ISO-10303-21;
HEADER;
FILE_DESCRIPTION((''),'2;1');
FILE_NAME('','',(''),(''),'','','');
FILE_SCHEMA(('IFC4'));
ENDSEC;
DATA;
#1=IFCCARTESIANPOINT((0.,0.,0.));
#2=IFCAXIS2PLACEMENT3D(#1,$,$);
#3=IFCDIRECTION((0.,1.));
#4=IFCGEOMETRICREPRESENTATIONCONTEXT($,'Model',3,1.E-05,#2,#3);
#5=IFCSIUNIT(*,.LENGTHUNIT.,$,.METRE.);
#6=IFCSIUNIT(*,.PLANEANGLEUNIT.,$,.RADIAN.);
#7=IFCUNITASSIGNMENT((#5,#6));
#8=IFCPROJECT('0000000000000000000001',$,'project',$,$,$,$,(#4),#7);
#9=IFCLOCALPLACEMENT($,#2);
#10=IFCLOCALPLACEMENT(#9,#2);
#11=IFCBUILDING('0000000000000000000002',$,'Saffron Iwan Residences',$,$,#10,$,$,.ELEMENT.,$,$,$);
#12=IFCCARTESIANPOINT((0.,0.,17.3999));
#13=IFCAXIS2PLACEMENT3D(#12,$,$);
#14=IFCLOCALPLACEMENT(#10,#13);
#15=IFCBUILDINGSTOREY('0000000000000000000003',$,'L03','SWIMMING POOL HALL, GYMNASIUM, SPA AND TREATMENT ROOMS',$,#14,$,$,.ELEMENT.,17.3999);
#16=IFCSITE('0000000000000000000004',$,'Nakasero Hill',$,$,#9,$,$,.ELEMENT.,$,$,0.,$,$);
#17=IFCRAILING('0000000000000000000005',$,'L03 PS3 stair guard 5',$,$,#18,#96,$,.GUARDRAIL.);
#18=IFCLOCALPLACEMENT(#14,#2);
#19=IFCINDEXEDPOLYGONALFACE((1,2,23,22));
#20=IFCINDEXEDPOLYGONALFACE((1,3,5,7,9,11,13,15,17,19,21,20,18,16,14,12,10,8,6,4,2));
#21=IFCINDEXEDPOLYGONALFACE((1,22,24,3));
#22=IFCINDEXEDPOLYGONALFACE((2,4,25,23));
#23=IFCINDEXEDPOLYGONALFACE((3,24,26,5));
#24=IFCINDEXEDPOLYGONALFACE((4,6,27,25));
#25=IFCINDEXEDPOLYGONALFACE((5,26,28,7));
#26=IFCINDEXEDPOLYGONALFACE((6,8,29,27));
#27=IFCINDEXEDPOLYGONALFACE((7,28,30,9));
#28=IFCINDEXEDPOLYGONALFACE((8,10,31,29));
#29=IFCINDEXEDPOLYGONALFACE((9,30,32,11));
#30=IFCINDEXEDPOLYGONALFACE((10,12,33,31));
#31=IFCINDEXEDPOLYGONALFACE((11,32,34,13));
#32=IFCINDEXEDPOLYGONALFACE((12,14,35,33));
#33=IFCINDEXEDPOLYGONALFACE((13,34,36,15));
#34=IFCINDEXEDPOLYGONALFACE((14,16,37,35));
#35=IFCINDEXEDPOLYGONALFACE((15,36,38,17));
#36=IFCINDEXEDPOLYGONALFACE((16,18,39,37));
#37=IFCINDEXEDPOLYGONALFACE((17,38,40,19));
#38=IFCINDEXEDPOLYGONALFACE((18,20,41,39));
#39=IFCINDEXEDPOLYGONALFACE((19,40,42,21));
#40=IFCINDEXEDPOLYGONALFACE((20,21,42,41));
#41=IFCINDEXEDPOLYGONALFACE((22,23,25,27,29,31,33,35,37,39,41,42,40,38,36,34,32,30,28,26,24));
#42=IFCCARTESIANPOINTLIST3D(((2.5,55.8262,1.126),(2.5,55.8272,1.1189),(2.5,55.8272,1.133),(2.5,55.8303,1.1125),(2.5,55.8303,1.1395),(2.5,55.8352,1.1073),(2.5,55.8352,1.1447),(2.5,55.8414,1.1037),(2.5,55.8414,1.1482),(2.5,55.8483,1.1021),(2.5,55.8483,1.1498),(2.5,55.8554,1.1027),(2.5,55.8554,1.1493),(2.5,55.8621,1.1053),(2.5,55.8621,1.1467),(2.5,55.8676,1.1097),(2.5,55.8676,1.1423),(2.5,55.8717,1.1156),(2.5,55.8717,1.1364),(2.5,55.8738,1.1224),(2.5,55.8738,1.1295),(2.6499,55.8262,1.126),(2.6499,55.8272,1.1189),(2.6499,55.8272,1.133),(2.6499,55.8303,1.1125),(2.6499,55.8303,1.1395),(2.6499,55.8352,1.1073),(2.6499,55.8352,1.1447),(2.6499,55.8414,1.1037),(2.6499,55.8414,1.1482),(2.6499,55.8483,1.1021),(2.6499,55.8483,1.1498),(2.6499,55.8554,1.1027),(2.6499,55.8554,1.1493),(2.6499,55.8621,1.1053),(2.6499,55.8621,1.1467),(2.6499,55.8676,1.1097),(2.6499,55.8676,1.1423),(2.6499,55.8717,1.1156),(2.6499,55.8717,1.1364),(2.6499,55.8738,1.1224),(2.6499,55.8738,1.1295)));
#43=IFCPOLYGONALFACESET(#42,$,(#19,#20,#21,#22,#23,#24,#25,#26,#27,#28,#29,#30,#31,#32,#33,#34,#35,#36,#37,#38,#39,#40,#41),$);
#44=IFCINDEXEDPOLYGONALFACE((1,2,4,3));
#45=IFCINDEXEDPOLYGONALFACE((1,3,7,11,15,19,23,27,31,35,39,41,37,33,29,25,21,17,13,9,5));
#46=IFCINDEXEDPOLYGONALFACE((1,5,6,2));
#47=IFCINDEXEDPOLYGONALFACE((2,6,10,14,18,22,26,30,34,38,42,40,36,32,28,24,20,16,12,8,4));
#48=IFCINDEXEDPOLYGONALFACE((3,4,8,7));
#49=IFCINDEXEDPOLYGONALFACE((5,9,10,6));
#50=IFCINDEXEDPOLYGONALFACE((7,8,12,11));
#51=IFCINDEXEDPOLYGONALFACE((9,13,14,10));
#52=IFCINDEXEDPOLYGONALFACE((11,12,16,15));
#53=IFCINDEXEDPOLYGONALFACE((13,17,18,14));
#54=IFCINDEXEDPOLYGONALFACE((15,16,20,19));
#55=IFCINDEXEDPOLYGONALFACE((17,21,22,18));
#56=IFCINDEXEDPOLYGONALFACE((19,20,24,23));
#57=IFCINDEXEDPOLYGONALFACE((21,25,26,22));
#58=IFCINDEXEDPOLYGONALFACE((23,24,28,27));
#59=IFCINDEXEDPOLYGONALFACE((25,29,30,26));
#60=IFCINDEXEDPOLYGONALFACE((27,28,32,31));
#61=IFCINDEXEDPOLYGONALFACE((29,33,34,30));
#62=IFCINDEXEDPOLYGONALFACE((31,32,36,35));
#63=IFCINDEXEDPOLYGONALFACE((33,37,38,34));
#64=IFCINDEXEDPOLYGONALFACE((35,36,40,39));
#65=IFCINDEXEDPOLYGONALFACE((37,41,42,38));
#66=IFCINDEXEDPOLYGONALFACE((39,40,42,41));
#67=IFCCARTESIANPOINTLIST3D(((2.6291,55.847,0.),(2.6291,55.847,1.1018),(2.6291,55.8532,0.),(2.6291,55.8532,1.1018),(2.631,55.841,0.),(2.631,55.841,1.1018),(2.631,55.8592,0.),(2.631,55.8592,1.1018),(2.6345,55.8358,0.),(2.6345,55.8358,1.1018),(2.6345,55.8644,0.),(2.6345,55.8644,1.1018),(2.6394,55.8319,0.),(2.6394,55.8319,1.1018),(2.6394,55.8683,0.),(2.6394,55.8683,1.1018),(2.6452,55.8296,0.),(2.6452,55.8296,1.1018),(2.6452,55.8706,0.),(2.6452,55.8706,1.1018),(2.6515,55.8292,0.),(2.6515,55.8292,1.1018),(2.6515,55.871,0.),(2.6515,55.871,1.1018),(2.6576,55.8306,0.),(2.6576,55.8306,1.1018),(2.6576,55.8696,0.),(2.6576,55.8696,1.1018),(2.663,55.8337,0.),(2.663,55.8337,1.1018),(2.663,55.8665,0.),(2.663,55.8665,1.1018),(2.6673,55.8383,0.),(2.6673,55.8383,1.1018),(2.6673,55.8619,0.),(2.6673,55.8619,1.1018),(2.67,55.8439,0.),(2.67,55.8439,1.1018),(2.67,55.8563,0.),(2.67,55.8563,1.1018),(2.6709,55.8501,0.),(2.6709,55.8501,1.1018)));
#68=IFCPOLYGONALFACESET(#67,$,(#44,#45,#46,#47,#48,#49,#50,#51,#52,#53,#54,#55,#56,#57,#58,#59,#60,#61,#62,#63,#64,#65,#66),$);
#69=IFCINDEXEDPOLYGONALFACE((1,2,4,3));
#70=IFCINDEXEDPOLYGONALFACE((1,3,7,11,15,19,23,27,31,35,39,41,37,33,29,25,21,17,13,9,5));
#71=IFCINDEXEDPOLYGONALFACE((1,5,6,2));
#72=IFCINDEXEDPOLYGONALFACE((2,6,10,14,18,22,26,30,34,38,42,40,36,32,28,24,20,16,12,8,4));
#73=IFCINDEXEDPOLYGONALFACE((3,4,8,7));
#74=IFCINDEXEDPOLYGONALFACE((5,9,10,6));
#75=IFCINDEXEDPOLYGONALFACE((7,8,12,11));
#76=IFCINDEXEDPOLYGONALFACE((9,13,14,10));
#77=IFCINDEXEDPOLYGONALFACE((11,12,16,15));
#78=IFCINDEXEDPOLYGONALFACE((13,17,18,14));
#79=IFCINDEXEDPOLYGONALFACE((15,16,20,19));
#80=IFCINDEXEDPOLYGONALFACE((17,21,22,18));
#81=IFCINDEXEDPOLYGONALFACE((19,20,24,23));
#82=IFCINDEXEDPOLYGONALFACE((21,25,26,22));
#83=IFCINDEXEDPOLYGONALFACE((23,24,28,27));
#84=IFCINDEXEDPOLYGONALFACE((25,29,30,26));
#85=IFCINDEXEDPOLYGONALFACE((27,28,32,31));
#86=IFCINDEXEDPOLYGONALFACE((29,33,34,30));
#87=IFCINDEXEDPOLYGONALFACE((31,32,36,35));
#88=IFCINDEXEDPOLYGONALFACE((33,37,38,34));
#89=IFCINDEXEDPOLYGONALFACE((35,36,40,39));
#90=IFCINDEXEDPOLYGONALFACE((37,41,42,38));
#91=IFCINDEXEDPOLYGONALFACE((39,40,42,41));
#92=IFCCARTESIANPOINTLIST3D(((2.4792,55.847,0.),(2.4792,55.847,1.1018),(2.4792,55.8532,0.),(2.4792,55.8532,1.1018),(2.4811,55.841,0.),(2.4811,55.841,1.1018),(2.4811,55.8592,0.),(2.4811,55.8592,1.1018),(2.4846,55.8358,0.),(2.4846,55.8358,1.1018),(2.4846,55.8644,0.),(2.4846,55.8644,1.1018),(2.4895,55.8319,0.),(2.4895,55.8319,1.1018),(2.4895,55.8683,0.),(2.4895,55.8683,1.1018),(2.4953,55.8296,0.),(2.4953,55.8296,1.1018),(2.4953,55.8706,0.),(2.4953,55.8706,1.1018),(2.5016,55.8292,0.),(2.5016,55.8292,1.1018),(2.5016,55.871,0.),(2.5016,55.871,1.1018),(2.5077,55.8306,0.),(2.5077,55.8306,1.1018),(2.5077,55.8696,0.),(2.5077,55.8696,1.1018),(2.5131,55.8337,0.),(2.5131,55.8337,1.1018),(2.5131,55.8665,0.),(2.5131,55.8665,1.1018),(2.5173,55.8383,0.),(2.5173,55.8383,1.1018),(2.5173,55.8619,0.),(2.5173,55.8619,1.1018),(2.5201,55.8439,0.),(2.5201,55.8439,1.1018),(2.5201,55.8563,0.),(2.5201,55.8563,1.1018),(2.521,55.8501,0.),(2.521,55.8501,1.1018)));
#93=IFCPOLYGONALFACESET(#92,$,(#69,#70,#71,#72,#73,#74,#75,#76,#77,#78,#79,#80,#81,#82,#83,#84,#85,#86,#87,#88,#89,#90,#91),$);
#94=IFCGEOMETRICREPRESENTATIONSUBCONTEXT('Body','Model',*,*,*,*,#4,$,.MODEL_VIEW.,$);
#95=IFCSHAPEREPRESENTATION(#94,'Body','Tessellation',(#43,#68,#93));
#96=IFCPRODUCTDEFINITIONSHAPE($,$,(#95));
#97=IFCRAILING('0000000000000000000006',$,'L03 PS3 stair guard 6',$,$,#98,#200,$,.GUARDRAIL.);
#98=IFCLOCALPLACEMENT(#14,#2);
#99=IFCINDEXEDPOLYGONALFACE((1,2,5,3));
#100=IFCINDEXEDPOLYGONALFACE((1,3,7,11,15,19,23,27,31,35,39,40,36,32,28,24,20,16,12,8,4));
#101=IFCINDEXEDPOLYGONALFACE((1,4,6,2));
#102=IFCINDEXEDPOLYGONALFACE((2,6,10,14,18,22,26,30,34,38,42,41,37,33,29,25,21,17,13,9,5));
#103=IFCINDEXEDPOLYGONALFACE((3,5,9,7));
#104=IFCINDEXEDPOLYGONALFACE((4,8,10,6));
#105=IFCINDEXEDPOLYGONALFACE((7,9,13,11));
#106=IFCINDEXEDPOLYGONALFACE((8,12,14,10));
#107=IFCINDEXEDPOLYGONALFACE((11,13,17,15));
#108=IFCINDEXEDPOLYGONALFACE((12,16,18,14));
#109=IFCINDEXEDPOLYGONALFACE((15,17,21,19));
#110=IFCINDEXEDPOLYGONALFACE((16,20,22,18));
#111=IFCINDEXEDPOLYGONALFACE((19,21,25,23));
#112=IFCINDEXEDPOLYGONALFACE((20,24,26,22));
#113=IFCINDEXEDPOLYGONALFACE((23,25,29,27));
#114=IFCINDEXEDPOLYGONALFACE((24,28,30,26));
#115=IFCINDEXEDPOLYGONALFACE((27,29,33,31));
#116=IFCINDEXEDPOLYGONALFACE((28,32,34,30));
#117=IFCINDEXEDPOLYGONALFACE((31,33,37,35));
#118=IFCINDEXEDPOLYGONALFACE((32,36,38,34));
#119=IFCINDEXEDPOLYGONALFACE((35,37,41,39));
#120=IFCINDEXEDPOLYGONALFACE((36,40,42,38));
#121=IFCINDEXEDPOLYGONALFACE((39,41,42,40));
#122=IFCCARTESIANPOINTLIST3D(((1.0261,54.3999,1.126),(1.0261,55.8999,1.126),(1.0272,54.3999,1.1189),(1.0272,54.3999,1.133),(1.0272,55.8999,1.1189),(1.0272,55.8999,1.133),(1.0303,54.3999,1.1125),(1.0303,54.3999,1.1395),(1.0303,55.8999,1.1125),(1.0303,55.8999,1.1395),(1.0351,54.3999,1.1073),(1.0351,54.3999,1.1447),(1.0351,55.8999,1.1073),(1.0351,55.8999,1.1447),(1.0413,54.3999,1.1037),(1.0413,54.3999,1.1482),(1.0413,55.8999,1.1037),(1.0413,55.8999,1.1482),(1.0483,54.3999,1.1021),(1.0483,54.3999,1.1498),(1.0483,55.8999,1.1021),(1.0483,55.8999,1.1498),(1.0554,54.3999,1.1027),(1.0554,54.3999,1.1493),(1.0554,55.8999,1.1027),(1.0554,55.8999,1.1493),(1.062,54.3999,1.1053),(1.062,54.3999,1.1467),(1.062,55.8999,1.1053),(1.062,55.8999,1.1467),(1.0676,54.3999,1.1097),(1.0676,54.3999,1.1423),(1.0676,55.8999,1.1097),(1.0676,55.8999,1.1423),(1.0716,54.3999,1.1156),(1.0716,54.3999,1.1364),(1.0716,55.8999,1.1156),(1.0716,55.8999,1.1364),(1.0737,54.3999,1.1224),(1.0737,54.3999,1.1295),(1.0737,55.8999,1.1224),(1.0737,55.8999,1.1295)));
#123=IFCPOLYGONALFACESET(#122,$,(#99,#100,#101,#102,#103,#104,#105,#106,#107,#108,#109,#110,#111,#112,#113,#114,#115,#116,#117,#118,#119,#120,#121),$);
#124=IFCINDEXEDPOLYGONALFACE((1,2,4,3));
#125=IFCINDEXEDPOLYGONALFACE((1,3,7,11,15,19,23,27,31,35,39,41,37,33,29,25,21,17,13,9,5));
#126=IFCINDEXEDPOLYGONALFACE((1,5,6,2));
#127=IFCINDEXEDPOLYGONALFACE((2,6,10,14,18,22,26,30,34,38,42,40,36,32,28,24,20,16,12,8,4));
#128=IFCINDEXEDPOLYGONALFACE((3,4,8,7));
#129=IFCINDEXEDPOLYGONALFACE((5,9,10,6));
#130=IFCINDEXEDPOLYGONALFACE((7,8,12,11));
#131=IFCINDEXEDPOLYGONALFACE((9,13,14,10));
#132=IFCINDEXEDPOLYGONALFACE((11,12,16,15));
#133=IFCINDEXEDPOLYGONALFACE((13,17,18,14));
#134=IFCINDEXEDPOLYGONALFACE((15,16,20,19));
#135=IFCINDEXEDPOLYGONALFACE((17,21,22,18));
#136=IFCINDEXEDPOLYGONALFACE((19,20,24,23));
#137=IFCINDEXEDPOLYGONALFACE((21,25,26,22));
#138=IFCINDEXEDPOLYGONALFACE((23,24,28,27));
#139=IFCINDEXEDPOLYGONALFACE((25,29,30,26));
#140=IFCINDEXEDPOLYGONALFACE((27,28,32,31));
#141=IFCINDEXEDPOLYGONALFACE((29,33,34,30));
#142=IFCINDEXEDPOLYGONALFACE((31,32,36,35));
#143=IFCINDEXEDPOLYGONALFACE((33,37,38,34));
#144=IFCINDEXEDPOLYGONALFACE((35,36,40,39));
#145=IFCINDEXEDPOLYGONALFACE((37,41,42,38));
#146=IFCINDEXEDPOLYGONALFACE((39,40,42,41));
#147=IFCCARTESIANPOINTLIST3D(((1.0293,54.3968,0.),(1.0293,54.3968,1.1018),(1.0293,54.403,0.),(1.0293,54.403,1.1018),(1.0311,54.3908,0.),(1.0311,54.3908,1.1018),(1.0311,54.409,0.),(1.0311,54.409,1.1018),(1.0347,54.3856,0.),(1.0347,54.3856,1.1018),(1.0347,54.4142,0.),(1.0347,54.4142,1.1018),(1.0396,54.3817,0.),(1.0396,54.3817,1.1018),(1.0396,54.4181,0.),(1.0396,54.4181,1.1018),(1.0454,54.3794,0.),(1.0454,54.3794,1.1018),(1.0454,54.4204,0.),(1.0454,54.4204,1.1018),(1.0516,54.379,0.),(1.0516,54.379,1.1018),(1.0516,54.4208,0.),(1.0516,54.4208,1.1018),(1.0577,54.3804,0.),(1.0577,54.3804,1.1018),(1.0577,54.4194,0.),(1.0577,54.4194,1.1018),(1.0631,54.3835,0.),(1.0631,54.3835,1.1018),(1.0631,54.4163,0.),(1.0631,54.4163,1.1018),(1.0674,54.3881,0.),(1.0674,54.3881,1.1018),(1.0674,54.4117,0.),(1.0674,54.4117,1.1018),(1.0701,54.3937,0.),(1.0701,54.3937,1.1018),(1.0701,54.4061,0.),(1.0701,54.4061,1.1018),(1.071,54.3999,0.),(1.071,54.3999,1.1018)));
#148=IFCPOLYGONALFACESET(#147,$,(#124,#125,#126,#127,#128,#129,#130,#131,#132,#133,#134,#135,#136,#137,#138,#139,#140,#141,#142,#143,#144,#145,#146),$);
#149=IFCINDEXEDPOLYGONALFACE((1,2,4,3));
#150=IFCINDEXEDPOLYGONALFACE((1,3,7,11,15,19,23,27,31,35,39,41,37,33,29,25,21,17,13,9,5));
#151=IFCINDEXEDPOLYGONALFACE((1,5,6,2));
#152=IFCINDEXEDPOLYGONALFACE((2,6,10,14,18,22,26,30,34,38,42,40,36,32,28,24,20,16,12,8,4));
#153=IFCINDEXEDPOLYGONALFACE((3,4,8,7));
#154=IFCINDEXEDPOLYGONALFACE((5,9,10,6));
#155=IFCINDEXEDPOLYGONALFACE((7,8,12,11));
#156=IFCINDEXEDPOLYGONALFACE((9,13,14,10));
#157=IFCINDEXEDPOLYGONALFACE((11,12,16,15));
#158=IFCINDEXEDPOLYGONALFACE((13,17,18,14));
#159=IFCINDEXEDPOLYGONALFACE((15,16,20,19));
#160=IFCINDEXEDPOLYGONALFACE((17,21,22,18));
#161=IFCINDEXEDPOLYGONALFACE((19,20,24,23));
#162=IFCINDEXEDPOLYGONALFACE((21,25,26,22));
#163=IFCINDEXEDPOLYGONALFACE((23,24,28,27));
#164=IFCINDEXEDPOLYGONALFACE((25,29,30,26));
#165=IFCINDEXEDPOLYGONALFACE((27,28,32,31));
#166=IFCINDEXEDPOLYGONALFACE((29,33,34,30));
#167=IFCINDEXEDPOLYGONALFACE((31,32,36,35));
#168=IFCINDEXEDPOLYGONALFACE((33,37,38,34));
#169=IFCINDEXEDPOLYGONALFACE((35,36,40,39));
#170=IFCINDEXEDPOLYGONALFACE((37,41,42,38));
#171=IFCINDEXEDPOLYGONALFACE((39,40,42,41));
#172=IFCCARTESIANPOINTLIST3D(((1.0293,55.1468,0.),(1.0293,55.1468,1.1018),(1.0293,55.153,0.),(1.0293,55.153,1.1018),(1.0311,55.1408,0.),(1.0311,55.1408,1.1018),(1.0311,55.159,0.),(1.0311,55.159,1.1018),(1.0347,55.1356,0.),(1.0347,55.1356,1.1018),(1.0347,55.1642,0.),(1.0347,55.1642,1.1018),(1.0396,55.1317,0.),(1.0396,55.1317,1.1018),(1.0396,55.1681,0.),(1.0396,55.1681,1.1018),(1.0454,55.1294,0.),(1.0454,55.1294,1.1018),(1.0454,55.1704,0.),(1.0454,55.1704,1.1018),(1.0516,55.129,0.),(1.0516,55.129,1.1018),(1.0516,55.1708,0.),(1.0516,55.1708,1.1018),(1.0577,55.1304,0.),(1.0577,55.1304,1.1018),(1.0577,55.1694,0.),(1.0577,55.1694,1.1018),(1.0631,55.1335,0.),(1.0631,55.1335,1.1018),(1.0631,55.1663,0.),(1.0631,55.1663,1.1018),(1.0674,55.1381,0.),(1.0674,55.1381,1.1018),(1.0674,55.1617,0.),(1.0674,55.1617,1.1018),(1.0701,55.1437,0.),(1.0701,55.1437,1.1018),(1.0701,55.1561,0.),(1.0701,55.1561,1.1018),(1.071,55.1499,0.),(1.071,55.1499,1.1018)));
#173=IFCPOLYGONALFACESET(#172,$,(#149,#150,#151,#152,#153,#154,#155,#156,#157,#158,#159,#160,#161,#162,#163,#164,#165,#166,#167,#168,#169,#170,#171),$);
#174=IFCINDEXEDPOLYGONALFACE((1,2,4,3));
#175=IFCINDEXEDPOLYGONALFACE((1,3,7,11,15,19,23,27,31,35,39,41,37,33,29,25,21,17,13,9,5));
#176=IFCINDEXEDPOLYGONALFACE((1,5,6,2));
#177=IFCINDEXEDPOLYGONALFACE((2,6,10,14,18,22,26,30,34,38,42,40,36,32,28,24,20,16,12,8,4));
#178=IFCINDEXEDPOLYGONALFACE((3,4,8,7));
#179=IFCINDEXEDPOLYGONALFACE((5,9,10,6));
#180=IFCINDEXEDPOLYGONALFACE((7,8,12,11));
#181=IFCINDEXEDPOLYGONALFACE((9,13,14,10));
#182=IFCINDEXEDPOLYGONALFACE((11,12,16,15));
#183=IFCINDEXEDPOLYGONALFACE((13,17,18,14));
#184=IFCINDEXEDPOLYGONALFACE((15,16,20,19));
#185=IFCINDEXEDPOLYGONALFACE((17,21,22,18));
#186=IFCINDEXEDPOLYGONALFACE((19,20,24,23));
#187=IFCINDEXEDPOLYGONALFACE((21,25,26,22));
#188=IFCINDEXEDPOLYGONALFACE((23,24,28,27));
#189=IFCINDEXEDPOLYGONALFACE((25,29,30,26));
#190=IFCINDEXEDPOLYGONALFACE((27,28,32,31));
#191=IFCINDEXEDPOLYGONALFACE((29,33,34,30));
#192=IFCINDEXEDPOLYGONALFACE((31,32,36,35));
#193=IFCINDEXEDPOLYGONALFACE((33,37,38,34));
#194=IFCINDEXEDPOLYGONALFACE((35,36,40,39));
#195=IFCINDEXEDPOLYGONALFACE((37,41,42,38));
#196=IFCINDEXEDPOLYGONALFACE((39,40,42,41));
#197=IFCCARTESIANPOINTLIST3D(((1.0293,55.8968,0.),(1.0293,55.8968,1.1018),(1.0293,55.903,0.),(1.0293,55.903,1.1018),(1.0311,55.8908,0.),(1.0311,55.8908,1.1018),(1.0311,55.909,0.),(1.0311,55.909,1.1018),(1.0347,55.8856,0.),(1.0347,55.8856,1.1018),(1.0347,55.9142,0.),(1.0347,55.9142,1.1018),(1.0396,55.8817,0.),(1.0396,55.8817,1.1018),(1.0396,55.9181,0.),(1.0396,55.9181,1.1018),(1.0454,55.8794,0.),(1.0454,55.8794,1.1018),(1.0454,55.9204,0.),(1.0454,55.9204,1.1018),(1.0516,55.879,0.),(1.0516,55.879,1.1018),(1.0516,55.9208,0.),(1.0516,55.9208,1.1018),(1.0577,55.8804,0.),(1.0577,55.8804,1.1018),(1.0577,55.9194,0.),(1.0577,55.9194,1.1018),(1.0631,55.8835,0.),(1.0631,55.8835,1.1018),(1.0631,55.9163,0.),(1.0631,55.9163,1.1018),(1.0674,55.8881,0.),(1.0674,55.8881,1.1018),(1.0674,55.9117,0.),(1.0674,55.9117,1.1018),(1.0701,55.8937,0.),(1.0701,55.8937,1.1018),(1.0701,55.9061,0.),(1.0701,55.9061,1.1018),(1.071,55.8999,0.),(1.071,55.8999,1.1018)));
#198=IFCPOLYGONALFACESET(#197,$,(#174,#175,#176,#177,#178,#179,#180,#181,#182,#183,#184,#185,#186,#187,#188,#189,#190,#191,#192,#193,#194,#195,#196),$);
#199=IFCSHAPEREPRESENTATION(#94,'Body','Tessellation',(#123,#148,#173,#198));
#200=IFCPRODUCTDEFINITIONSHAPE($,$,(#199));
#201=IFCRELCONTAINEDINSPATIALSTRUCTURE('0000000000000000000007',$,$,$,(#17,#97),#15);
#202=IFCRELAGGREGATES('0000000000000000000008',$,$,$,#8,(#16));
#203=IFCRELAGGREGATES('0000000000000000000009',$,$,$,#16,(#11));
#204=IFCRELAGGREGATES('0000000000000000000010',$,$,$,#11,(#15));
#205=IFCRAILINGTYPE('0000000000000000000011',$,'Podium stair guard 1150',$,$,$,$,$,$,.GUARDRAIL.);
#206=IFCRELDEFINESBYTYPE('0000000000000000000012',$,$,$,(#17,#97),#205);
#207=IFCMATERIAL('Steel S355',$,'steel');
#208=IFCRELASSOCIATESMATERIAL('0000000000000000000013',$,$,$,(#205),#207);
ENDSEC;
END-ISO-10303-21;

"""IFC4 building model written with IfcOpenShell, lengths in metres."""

from ifc_helpers import new_model, si_unit, direction, frame, origin, origin_2d, place, context, subcontext, project, spatial, circle, extrude, material, type_object, element, save


model = new_model("IFC4")

# Units and contexts
model_context = context("Model", 3, precision=1e-05, world=origin(), true_north=direction((0.0, 1.0)))
body_context = subcontext(model_context, "Body", "Model", "MODEL_VIEW")
ifc_project = project(units=[si_unit("LENGTHUNIT", "METRE"), si_unit("PLANEANGLEUNIT", "RADIAN")], contexts=[model_context])

# Site, building, storey
site_placement = place(None, origin())
site = spatial("IfcSite", under=ifc_project, at=site_placement, Name="Nakasero Hill", CompositionType="ELEMENT", RefElevation=0.0)
building_placement = place(site_placement, origin())
building = spatial("IfcBuilding", under=site, at=building_placement, Name="Saffron Iwan Residences", CompositionType="ELEMENT")
storey_placement = place(building_placement, frame((0.0, 0.0, 17.3999)))
storey = spatial("IfcBuildingStorey", under=building, at=storey_placement, Name="L03", Description="SWIMMING POOL HALL, GYMNASIUM, SPA AND TREATMENT ROOMS", CompositionType="ELEMENT", Elevation=17.3999)

# Railings
ifc_material_1 = material(Name="Steel S355", Category="steel")
railing_type_1 = type_object("IfcRailingType", Name="Podium stair guard 1150", PredefinedType="GUARDRAIL", material=ifc_material_1)
railing_1_placement = place(storey_placement, frame((2.6499, 55.8501, 0.0)))
element("IfcRailing", 1, at=railing_1_placement, inside=storey, type_object=railing_type_1, Name="L03 PS3 stair guard 5", PredefinedType="GUARDRAIL", context=body_context, shape_type="SweptSolid", body=[
    extrude(circle(Radius=0.0239, at=origin_2d()), frame((0.0, 0.0, 1.126), z_axis=(-1.0, 0.0, 0.0), x_axis=(0.0, -1.0, 0.0)), (0.0, 0.0, 1.0), 0.1499),
    extrude(circle(Radius=0.021, at=origin_2d()), origin(), (0.0, 0.0, 1.0), 1.1018),
    extrude(circle(Radius=0.021, at=origin_2d()), frame((-0.1499, 0.0, 0.0)), (0.0, 0.0, 1.0), 1.1018),
])
railing_2_placement = place(storey_placement, frame((1.05, 54.3999, 0.0)))
element("IfcRailing", 2, at=railing_2_placement, inside=storey, type_object=railing_type_1, Name="L03 PS3 stair guard 6", PredefinedType="GUARDRAIL", context=body_context, shape_type="SweptSolid", body=[
    extrude(circle(Radius=0.0239, at=origin_2d()), frame((0.0, 0.0, 1.126), z_axis=(0.0, 1.0, 0.0), x_axis=(-1.0, 0.0, 0.0)), (0.0, 0.0, 1.0), 1.5),
    extrude(circle(Radius=0.021, at=origin_2d()), origin(), (0.0, 0.0, 1.0), 1.1018),
    extrude(circle(Radius=0.021, at=origin_2d()), frame((0.0, 0.75, 0.0)), (0.0, 0.0, 1.0), 1.1018),
    extrude(circle(Radius=0.021, at=origin_2d()), frame((0.0, 1.5, 0.0)), (0.0, 0.0, 1.0), 1.1018),
])

save(model, "model.ifc")
